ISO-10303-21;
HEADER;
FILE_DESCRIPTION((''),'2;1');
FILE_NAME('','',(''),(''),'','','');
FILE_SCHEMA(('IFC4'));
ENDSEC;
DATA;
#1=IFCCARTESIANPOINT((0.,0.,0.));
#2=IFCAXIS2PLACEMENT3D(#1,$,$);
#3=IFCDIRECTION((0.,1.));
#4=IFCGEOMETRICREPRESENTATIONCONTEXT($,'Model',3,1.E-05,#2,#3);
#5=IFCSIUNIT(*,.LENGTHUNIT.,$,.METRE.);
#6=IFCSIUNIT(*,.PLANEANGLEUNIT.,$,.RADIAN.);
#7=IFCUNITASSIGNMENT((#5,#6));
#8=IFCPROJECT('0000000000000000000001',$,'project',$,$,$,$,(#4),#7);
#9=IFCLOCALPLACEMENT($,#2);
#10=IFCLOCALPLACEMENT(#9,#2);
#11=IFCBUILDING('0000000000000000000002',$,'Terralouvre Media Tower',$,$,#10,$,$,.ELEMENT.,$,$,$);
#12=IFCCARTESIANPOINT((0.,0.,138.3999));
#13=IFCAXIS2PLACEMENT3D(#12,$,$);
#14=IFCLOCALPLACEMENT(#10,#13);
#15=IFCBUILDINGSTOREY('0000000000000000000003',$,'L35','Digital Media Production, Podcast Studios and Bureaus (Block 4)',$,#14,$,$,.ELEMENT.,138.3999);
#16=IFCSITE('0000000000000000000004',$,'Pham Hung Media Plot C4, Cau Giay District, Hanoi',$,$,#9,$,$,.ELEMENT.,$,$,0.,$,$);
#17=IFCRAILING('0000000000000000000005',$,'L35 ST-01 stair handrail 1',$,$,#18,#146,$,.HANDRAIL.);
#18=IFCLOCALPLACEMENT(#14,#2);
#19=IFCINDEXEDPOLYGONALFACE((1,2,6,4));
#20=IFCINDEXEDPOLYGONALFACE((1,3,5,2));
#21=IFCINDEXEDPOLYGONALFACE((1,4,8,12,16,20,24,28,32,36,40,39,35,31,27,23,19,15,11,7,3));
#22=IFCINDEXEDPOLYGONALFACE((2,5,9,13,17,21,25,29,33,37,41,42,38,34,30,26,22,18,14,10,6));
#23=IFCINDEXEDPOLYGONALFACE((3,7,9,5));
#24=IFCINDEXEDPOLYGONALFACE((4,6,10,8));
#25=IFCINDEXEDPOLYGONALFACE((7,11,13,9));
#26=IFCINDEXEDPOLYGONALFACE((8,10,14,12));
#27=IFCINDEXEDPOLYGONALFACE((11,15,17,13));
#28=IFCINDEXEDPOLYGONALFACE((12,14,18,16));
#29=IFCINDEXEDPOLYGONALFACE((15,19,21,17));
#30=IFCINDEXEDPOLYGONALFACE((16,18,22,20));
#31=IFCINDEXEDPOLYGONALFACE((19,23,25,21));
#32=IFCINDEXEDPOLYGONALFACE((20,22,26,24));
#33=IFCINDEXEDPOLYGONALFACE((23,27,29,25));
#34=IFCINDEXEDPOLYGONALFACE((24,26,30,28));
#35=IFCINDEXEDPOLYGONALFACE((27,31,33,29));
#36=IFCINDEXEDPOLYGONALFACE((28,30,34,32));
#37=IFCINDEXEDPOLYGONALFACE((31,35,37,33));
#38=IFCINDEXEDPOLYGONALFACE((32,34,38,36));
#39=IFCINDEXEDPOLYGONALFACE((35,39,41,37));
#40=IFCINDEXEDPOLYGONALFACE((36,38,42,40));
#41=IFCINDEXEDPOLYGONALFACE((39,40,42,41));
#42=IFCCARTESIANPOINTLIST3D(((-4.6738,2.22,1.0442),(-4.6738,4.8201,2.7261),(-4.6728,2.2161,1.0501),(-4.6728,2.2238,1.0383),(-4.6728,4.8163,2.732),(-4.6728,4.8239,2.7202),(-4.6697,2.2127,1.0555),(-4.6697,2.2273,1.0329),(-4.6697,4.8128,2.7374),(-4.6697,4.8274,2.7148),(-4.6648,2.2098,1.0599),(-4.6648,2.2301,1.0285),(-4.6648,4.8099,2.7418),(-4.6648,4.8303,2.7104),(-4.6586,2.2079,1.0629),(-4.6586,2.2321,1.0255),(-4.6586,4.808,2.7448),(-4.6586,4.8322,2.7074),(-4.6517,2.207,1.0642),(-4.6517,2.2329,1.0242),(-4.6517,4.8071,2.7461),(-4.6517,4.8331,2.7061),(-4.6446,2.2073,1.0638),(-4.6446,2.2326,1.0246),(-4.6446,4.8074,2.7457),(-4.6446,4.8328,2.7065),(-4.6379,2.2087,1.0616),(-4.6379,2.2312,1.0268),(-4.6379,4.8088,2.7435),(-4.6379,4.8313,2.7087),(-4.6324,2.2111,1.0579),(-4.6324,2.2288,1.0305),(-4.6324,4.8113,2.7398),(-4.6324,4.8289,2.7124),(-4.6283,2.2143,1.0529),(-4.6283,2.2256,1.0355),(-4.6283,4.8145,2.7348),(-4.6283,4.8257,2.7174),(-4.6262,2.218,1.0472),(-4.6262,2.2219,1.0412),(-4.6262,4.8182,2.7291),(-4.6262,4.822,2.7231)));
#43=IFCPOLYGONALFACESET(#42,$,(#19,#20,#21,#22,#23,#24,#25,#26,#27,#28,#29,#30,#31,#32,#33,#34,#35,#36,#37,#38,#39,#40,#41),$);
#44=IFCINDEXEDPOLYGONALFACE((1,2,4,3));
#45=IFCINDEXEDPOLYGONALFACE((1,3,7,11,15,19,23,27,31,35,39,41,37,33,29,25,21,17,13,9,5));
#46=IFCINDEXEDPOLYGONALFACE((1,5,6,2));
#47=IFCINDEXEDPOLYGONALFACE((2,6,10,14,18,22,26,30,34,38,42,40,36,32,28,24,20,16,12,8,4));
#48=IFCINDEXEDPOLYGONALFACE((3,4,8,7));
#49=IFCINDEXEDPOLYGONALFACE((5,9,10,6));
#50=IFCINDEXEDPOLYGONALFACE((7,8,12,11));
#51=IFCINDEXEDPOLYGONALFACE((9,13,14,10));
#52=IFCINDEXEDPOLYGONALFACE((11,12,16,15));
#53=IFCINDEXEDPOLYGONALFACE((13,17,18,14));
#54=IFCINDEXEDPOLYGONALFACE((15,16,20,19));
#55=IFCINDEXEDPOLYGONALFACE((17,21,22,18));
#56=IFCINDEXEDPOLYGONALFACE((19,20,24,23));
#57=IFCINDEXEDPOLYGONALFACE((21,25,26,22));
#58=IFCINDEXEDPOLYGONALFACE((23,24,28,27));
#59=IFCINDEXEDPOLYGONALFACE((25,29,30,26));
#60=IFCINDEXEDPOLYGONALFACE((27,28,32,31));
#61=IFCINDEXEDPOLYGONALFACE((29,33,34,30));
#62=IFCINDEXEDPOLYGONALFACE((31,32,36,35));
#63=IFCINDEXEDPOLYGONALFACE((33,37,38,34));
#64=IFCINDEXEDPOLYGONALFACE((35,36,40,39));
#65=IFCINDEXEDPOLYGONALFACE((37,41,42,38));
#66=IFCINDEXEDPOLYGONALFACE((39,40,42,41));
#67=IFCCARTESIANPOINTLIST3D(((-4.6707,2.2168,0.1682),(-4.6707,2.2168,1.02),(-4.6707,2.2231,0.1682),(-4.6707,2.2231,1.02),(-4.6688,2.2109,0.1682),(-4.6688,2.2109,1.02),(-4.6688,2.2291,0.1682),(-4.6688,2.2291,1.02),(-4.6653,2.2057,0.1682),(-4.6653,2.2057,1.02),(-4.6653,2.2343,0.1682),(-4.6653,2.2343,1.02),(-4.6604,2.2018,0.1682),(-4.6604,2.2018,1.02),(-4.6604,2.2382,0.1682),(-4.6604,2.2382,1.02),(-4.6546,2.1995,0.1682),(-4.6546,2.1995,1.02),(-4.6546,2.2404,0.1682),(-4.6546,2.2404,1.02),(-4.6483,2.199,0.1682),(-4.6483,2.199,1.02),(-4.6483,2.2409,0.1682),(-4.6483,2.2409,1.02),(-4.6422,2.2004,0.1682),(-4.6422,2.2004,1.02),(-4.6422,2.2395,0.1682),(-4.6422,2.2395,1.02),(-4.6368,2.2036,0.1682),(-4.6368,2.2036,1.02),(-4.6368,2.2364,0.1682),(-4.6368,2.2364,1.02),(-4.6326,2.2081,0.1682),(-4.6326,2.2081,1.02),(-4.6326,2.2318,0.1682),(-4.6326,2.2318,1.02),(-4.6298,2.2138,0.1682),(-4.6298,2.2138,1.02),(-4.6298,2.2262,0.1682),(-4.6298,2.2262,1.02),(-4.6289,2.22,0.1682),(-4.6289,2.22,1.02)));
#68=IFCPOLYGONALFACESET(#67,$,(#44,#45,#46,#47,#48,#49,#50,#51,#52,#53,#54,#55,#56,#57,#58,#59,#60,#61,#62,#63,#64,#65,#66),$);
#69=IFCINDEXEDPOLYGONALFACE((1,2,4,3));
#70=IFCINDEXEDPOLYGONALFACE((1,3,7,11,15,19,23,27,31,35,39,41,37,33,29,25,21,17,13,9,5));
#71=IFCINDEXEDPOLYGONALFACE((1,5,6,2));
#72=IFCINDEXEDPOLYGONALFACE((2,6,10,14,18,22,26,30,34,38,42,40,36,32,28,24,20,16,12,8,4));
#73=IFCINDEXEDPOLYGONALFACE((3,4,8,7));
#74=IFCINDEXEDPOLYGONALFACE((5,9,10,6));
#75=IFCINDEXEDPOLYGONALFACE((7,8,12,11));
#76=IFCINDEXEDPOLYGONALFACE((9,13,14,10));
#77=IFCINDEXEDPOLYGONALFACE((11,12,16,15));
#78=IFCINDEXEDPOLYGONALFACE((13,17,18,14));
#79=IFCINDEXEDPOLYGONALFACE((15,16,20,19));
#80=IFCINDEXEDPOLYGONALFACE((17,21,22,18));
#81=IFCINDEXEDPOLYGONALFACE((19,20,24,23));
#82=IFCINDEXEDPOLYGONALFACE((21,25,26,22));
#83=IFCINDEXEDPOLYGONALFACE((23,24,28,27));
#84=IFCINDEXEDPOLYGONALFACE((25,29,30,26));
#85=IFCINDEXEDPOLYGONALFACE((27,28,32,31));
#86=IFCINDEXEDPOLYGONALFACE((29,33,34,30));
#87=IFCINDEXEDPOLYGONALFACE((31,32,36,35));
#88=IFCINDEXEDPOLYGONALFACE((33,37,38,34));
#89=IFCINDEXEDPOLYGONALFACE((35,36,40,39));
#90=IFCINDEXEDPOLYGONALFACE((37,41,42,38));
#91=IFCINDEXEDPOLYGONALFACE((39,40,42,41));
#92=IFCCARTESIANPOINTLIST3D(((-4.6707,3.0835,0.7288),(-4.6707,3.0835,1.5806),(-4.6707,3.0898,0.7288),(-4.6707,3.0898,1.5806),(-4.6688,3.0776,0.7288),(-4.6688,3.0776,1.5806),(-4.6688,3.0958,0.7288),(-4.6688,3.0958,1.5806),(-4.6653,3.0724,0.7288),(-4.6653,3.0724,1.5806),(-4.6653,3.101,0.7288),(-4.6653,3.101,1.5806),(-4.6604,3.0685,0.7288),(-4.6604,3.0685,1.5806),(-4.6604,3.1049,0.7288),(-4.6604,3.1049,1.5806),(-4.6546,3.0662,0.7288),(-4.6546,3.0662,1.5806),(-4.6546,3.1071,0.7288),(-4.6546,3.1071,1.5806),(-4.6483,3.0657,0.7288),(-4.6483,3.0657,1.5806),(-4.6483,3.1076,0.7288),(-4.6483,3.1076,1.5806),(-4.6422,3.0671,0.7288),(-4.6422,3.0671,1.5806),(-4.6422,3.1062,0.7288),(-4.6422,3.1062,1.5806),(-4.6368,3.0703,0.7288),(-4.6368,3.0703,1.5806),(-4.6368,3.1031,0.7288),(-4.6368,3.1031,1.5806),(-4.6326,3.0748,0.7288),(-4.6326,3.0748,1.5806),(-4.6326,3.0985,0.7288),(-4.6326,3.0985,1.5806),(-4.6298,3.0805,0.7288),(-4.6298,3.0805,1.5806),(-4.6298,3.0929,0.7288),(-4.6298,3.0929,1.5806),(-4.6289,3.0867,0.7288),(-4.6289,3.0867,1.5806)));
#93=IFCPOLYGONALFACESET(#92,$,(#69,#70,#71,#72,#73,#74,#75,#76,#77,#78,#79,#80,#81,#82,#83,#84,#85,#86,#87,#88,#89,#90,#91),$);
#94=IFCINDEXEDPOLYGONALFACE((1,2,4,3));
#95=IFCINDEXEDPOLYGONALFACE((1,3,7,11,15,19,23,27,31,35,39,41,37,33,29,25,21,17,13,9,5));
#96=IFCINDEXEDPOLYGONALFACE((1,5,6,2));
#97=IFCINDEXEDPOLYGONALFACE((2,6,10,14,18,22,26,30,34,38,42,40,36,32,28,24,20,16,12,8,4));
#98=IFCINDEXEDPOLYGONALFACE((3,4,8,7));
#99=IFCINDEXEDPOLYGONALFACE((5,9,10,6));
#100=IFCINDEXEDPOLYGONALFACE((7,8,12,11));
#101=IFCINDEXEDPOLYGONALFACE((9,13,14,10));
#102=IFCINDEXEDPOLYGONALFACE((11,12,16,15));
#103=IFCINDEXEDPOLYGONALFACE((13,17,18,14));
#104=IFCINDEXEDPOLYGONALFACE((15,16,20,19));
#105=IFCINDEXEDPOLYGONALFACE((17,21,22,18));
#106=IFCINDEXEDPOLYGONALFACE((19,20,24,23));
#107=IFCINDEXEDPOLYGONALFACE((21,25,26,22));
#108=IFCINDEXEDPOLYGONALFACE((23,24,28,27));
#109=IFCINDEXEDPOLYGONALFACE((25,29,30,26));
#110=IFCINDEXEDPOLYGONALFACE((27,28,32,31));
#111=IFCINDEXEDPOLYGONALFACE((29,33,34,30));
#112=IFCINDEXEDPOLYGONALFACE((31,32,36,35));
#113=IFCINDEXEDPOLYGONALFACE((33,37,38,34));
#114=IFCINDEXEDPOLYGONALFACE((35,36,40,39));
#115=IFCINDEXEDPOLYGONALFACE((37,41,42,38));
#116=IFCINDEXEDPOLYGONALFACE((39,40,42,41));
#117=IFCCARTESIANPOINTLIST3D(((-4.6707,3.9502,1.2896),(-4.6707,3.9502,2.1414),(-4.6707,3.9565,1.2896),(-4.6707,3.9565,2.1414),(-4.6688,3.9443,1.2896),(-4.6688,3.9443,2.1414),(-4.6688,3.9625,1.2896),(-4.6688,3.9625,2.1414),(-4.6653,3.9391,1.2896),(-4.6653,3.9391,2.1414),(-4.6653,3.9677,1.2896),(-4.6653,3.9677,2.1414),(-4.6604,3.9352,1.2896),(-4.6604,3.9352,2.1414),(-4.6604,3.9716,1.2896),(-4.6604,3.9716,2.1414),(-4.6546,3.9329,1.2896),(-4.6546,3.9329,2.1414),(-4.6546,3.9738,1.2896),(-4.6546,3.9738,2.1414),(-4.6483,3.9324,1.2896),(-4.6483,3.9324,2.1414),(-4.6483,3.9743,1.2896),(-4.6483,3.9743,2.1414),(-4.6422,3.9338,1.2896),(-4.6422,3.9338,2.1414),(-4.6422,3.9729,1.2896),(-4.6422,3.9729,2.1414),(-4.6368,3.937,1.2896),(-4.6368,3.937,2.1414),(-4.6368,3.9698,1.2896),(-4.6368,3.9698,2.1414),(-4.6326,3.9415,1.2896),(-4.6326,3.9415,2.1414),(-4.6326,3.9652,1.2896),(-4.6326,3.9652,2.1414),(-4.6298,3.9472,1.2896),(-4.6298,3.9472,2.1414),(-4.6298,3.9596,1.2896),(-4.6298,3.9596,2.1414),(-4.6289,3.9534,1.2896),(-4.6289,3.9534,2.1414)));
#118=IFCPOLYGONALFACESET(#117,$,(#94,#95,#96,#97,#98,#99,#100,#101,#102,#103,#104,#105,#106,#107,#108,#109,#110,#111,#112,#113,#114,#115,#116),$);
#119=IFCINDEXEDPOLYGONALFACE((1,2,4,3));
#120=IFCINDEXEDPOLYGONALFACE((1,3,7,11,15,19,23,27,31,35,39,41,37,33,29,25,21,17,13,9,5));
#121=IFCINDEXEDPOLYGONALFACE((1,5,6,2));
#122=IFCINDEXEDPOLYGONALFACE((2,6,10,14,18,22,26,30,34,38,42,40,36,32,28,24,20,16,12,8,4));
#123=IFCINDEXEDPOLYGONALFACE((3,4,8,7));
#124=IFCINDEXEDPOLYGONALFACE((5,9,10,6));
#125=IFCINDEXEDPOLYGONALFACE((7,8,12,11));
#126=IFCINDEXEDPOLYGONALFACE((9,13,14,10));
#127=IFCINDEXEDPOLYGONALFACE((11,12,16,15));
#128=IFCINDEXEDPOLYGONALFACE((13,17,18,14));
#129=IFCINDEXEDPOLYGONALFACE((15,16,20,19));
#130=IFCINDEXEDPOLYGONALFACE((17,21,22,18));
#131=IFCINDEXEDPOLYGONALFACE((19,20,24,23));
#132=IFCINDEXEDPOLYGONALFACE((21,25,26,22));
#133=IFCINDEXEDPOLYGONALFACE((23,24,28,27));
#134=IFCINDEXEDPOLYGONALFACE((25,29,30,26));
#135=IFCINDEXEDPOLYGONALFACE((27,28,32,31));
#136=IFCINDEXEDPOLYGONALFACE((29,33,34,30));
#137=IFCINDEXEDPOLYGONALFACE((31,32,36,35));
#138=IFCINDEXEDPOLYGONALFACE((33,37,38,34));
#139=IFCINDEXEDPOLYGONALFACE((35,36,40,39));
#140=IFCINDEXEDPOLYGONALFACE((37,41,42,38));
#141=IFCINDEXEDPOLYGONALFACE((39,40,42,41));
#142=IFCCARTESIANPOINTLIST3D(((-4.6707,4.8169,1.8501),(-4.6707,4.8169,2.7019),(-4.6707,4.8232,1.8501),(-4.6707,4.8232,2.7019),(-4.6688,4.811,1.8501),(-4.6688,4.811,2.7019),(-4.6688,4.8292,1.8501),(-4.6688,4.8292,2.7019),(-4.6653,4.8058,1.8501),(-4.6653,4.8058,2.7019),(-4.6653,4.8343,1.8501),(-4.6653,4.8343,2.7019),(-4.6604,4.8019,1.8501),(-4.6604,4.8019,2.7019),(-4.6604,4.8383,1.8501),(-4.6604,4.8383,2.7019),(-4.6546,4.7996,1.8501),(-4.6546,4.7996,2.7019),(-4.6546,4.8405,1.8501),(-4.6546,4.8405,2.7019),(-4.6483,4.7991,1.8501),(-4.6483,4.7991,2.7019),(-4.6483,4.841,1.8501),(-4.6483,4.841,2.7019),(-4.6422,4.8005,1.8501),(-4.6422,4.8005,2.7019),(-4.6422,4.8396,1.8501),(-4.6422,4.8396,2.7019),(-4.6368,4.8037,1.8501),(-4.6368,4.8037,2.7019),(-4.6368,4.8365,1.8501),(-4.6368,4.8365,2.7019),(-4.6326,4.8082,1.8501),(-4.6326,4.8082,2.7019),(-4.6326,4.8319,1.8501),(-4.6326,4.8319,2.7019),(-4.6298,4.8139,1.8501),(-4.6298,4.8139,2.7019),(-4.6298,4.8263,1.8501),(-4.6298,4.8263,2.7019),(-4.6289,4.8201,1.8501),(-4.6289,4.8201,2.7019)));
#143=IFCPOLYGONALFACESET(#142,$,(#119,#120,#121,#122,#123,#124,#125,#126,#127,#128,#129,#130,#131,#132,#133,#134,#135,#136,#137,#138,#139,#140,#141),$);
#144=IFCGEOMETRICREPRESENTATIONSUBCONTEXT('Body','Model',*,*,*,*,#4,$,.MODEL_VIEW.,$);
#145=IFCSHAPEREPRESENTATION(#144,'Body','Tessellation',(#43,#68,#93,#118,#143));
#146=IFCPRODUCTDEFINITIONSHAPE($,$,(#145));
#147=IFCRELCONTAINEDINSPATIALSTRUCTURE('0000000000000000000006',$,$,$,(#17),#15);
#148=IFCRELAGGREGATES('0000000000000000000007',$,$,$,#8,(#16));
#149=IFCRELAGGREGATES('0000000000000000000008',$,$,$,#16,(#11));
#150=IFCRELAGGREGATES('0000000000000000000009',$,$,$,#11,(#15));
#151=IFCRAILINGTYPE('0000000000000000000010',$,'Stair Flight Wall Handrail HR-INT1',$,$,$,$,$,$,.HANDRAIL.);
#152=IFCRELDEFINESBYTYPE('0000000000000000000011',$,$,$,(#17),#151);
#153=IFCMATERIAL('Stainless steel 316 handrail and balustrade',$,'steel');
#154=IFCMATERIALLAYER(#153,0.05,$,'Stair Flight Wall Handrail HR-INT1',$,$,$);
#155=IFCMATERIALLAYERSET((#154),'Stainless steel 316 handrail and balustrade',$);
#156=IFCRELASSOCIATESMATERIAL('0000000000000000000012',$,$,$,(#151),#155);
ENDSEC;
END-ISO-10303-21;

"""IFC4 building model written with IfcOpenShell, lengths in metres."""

from ifc_helpers import new_model, si_unit, direction, frame, origin, origin_2d, place, context, subcontext, project, spatial, circle, extrude, material, layer, layer_set, type_object, element, save


model = new_model("IFC4")

# Units and contexts
model_context = context("Model", 3, precision=1e-05, world=origin(), true_north=direction((0.0, 1.0)))
body_context = subcontext(model_context, "Body", "Model", "MODEL_VIEW")
ifc_project = project(units=[si_unit("LENGTHUNIT", "METRE"), si_unit("PLANEANGLEUNIT", "RADIAN")], contexts=[model_context])

# Site, building, storey
site_placement = place(None, origin())
site = spatial("IfcSite", under=ifc_project, at=site_placement, Name="Pham Hung Media Plot C4, Cau Giay District, Hanoi", CompositionType="ELEMENT", RefElevation=0.0)
building_placement = place(site_placement, origin())
building = spatial("IfcBuilding", under=site, at=building_placement, Name="Terralouvre Media Tower", CompositionType="ELEMENT")
storey_placement = place(building_placement, frame((0.0, 0.0, 138.3999)))
storey = spatial("IfcBuildingStorey", under=building, at=storey_placement, Name="L35", Description="Digital Media Production, Podcast Studios and Bureaus (Block 4)", CompositionType="ELEMENT", Elevation=138.3999)

# Railing
ifc_material_1 = material(Name="Stainless steel 316 handrail and balustrade", Category="steel")
ifc_layer_1 = layer(ifc_material_1, 0.05, Name="Stair Flight Wall Handrail HR-INT1")
ifc_layer_set_1 = layer_set([ifc_layer_1], Name="Stainless steel 316 handrail and balustrade")
railing_type_1 = type_object("IfcRailingType", Name="Stair Flight Wall Handrail HR-INT1", PredefinedType="HANDRAIL", material=ifc_layer_set_1)
railing_1_placement = place(storey_placement, frame((-4.6499, 2.22, 0.1682)))
element("IfcRailing", 1, at=railing_1_placement, inside=storey, type_object=railing_type_1, Name="L35 ST-01 stair handrail 1", PredefinedType="HANDRAIL", context=body_context, shape_type="SweptSolid", body=[
    extrude(circle(Radius=0.0239, at=origin_2d()), frame((0.0, 0.0, 0.876), z_axis=(0.0, 0.839648, 0.54313), x_axis=(-1.0, 0.0, 0.0)), (0.0, 0.0, 1.0), 3.0967),
    extrude(circle(Radius=0.021, at=origin_2d()), origin(), (0.0, 0.0, 1.0), 0.8518),
    extrude(circle(Radius=0.021, at=origin_2d()), frame((0.0, 0.8667, 0.5605)), (0.0, 0.0, 1.0), 0.8518),
    extrude(circle(Radius=0.021, at=origin_2d()), frame((0.0, 1.7334, 1.1213)), (0.0, 0.0, 1.0), 0.8518),
    extrude(circle(Radius=0.021, at=origin_2d()), frame((0.0, 2.6001, 1.6819)), (0.0, 0.0, 1.0), 0.8518),
])

save(model, "model.ifc")
